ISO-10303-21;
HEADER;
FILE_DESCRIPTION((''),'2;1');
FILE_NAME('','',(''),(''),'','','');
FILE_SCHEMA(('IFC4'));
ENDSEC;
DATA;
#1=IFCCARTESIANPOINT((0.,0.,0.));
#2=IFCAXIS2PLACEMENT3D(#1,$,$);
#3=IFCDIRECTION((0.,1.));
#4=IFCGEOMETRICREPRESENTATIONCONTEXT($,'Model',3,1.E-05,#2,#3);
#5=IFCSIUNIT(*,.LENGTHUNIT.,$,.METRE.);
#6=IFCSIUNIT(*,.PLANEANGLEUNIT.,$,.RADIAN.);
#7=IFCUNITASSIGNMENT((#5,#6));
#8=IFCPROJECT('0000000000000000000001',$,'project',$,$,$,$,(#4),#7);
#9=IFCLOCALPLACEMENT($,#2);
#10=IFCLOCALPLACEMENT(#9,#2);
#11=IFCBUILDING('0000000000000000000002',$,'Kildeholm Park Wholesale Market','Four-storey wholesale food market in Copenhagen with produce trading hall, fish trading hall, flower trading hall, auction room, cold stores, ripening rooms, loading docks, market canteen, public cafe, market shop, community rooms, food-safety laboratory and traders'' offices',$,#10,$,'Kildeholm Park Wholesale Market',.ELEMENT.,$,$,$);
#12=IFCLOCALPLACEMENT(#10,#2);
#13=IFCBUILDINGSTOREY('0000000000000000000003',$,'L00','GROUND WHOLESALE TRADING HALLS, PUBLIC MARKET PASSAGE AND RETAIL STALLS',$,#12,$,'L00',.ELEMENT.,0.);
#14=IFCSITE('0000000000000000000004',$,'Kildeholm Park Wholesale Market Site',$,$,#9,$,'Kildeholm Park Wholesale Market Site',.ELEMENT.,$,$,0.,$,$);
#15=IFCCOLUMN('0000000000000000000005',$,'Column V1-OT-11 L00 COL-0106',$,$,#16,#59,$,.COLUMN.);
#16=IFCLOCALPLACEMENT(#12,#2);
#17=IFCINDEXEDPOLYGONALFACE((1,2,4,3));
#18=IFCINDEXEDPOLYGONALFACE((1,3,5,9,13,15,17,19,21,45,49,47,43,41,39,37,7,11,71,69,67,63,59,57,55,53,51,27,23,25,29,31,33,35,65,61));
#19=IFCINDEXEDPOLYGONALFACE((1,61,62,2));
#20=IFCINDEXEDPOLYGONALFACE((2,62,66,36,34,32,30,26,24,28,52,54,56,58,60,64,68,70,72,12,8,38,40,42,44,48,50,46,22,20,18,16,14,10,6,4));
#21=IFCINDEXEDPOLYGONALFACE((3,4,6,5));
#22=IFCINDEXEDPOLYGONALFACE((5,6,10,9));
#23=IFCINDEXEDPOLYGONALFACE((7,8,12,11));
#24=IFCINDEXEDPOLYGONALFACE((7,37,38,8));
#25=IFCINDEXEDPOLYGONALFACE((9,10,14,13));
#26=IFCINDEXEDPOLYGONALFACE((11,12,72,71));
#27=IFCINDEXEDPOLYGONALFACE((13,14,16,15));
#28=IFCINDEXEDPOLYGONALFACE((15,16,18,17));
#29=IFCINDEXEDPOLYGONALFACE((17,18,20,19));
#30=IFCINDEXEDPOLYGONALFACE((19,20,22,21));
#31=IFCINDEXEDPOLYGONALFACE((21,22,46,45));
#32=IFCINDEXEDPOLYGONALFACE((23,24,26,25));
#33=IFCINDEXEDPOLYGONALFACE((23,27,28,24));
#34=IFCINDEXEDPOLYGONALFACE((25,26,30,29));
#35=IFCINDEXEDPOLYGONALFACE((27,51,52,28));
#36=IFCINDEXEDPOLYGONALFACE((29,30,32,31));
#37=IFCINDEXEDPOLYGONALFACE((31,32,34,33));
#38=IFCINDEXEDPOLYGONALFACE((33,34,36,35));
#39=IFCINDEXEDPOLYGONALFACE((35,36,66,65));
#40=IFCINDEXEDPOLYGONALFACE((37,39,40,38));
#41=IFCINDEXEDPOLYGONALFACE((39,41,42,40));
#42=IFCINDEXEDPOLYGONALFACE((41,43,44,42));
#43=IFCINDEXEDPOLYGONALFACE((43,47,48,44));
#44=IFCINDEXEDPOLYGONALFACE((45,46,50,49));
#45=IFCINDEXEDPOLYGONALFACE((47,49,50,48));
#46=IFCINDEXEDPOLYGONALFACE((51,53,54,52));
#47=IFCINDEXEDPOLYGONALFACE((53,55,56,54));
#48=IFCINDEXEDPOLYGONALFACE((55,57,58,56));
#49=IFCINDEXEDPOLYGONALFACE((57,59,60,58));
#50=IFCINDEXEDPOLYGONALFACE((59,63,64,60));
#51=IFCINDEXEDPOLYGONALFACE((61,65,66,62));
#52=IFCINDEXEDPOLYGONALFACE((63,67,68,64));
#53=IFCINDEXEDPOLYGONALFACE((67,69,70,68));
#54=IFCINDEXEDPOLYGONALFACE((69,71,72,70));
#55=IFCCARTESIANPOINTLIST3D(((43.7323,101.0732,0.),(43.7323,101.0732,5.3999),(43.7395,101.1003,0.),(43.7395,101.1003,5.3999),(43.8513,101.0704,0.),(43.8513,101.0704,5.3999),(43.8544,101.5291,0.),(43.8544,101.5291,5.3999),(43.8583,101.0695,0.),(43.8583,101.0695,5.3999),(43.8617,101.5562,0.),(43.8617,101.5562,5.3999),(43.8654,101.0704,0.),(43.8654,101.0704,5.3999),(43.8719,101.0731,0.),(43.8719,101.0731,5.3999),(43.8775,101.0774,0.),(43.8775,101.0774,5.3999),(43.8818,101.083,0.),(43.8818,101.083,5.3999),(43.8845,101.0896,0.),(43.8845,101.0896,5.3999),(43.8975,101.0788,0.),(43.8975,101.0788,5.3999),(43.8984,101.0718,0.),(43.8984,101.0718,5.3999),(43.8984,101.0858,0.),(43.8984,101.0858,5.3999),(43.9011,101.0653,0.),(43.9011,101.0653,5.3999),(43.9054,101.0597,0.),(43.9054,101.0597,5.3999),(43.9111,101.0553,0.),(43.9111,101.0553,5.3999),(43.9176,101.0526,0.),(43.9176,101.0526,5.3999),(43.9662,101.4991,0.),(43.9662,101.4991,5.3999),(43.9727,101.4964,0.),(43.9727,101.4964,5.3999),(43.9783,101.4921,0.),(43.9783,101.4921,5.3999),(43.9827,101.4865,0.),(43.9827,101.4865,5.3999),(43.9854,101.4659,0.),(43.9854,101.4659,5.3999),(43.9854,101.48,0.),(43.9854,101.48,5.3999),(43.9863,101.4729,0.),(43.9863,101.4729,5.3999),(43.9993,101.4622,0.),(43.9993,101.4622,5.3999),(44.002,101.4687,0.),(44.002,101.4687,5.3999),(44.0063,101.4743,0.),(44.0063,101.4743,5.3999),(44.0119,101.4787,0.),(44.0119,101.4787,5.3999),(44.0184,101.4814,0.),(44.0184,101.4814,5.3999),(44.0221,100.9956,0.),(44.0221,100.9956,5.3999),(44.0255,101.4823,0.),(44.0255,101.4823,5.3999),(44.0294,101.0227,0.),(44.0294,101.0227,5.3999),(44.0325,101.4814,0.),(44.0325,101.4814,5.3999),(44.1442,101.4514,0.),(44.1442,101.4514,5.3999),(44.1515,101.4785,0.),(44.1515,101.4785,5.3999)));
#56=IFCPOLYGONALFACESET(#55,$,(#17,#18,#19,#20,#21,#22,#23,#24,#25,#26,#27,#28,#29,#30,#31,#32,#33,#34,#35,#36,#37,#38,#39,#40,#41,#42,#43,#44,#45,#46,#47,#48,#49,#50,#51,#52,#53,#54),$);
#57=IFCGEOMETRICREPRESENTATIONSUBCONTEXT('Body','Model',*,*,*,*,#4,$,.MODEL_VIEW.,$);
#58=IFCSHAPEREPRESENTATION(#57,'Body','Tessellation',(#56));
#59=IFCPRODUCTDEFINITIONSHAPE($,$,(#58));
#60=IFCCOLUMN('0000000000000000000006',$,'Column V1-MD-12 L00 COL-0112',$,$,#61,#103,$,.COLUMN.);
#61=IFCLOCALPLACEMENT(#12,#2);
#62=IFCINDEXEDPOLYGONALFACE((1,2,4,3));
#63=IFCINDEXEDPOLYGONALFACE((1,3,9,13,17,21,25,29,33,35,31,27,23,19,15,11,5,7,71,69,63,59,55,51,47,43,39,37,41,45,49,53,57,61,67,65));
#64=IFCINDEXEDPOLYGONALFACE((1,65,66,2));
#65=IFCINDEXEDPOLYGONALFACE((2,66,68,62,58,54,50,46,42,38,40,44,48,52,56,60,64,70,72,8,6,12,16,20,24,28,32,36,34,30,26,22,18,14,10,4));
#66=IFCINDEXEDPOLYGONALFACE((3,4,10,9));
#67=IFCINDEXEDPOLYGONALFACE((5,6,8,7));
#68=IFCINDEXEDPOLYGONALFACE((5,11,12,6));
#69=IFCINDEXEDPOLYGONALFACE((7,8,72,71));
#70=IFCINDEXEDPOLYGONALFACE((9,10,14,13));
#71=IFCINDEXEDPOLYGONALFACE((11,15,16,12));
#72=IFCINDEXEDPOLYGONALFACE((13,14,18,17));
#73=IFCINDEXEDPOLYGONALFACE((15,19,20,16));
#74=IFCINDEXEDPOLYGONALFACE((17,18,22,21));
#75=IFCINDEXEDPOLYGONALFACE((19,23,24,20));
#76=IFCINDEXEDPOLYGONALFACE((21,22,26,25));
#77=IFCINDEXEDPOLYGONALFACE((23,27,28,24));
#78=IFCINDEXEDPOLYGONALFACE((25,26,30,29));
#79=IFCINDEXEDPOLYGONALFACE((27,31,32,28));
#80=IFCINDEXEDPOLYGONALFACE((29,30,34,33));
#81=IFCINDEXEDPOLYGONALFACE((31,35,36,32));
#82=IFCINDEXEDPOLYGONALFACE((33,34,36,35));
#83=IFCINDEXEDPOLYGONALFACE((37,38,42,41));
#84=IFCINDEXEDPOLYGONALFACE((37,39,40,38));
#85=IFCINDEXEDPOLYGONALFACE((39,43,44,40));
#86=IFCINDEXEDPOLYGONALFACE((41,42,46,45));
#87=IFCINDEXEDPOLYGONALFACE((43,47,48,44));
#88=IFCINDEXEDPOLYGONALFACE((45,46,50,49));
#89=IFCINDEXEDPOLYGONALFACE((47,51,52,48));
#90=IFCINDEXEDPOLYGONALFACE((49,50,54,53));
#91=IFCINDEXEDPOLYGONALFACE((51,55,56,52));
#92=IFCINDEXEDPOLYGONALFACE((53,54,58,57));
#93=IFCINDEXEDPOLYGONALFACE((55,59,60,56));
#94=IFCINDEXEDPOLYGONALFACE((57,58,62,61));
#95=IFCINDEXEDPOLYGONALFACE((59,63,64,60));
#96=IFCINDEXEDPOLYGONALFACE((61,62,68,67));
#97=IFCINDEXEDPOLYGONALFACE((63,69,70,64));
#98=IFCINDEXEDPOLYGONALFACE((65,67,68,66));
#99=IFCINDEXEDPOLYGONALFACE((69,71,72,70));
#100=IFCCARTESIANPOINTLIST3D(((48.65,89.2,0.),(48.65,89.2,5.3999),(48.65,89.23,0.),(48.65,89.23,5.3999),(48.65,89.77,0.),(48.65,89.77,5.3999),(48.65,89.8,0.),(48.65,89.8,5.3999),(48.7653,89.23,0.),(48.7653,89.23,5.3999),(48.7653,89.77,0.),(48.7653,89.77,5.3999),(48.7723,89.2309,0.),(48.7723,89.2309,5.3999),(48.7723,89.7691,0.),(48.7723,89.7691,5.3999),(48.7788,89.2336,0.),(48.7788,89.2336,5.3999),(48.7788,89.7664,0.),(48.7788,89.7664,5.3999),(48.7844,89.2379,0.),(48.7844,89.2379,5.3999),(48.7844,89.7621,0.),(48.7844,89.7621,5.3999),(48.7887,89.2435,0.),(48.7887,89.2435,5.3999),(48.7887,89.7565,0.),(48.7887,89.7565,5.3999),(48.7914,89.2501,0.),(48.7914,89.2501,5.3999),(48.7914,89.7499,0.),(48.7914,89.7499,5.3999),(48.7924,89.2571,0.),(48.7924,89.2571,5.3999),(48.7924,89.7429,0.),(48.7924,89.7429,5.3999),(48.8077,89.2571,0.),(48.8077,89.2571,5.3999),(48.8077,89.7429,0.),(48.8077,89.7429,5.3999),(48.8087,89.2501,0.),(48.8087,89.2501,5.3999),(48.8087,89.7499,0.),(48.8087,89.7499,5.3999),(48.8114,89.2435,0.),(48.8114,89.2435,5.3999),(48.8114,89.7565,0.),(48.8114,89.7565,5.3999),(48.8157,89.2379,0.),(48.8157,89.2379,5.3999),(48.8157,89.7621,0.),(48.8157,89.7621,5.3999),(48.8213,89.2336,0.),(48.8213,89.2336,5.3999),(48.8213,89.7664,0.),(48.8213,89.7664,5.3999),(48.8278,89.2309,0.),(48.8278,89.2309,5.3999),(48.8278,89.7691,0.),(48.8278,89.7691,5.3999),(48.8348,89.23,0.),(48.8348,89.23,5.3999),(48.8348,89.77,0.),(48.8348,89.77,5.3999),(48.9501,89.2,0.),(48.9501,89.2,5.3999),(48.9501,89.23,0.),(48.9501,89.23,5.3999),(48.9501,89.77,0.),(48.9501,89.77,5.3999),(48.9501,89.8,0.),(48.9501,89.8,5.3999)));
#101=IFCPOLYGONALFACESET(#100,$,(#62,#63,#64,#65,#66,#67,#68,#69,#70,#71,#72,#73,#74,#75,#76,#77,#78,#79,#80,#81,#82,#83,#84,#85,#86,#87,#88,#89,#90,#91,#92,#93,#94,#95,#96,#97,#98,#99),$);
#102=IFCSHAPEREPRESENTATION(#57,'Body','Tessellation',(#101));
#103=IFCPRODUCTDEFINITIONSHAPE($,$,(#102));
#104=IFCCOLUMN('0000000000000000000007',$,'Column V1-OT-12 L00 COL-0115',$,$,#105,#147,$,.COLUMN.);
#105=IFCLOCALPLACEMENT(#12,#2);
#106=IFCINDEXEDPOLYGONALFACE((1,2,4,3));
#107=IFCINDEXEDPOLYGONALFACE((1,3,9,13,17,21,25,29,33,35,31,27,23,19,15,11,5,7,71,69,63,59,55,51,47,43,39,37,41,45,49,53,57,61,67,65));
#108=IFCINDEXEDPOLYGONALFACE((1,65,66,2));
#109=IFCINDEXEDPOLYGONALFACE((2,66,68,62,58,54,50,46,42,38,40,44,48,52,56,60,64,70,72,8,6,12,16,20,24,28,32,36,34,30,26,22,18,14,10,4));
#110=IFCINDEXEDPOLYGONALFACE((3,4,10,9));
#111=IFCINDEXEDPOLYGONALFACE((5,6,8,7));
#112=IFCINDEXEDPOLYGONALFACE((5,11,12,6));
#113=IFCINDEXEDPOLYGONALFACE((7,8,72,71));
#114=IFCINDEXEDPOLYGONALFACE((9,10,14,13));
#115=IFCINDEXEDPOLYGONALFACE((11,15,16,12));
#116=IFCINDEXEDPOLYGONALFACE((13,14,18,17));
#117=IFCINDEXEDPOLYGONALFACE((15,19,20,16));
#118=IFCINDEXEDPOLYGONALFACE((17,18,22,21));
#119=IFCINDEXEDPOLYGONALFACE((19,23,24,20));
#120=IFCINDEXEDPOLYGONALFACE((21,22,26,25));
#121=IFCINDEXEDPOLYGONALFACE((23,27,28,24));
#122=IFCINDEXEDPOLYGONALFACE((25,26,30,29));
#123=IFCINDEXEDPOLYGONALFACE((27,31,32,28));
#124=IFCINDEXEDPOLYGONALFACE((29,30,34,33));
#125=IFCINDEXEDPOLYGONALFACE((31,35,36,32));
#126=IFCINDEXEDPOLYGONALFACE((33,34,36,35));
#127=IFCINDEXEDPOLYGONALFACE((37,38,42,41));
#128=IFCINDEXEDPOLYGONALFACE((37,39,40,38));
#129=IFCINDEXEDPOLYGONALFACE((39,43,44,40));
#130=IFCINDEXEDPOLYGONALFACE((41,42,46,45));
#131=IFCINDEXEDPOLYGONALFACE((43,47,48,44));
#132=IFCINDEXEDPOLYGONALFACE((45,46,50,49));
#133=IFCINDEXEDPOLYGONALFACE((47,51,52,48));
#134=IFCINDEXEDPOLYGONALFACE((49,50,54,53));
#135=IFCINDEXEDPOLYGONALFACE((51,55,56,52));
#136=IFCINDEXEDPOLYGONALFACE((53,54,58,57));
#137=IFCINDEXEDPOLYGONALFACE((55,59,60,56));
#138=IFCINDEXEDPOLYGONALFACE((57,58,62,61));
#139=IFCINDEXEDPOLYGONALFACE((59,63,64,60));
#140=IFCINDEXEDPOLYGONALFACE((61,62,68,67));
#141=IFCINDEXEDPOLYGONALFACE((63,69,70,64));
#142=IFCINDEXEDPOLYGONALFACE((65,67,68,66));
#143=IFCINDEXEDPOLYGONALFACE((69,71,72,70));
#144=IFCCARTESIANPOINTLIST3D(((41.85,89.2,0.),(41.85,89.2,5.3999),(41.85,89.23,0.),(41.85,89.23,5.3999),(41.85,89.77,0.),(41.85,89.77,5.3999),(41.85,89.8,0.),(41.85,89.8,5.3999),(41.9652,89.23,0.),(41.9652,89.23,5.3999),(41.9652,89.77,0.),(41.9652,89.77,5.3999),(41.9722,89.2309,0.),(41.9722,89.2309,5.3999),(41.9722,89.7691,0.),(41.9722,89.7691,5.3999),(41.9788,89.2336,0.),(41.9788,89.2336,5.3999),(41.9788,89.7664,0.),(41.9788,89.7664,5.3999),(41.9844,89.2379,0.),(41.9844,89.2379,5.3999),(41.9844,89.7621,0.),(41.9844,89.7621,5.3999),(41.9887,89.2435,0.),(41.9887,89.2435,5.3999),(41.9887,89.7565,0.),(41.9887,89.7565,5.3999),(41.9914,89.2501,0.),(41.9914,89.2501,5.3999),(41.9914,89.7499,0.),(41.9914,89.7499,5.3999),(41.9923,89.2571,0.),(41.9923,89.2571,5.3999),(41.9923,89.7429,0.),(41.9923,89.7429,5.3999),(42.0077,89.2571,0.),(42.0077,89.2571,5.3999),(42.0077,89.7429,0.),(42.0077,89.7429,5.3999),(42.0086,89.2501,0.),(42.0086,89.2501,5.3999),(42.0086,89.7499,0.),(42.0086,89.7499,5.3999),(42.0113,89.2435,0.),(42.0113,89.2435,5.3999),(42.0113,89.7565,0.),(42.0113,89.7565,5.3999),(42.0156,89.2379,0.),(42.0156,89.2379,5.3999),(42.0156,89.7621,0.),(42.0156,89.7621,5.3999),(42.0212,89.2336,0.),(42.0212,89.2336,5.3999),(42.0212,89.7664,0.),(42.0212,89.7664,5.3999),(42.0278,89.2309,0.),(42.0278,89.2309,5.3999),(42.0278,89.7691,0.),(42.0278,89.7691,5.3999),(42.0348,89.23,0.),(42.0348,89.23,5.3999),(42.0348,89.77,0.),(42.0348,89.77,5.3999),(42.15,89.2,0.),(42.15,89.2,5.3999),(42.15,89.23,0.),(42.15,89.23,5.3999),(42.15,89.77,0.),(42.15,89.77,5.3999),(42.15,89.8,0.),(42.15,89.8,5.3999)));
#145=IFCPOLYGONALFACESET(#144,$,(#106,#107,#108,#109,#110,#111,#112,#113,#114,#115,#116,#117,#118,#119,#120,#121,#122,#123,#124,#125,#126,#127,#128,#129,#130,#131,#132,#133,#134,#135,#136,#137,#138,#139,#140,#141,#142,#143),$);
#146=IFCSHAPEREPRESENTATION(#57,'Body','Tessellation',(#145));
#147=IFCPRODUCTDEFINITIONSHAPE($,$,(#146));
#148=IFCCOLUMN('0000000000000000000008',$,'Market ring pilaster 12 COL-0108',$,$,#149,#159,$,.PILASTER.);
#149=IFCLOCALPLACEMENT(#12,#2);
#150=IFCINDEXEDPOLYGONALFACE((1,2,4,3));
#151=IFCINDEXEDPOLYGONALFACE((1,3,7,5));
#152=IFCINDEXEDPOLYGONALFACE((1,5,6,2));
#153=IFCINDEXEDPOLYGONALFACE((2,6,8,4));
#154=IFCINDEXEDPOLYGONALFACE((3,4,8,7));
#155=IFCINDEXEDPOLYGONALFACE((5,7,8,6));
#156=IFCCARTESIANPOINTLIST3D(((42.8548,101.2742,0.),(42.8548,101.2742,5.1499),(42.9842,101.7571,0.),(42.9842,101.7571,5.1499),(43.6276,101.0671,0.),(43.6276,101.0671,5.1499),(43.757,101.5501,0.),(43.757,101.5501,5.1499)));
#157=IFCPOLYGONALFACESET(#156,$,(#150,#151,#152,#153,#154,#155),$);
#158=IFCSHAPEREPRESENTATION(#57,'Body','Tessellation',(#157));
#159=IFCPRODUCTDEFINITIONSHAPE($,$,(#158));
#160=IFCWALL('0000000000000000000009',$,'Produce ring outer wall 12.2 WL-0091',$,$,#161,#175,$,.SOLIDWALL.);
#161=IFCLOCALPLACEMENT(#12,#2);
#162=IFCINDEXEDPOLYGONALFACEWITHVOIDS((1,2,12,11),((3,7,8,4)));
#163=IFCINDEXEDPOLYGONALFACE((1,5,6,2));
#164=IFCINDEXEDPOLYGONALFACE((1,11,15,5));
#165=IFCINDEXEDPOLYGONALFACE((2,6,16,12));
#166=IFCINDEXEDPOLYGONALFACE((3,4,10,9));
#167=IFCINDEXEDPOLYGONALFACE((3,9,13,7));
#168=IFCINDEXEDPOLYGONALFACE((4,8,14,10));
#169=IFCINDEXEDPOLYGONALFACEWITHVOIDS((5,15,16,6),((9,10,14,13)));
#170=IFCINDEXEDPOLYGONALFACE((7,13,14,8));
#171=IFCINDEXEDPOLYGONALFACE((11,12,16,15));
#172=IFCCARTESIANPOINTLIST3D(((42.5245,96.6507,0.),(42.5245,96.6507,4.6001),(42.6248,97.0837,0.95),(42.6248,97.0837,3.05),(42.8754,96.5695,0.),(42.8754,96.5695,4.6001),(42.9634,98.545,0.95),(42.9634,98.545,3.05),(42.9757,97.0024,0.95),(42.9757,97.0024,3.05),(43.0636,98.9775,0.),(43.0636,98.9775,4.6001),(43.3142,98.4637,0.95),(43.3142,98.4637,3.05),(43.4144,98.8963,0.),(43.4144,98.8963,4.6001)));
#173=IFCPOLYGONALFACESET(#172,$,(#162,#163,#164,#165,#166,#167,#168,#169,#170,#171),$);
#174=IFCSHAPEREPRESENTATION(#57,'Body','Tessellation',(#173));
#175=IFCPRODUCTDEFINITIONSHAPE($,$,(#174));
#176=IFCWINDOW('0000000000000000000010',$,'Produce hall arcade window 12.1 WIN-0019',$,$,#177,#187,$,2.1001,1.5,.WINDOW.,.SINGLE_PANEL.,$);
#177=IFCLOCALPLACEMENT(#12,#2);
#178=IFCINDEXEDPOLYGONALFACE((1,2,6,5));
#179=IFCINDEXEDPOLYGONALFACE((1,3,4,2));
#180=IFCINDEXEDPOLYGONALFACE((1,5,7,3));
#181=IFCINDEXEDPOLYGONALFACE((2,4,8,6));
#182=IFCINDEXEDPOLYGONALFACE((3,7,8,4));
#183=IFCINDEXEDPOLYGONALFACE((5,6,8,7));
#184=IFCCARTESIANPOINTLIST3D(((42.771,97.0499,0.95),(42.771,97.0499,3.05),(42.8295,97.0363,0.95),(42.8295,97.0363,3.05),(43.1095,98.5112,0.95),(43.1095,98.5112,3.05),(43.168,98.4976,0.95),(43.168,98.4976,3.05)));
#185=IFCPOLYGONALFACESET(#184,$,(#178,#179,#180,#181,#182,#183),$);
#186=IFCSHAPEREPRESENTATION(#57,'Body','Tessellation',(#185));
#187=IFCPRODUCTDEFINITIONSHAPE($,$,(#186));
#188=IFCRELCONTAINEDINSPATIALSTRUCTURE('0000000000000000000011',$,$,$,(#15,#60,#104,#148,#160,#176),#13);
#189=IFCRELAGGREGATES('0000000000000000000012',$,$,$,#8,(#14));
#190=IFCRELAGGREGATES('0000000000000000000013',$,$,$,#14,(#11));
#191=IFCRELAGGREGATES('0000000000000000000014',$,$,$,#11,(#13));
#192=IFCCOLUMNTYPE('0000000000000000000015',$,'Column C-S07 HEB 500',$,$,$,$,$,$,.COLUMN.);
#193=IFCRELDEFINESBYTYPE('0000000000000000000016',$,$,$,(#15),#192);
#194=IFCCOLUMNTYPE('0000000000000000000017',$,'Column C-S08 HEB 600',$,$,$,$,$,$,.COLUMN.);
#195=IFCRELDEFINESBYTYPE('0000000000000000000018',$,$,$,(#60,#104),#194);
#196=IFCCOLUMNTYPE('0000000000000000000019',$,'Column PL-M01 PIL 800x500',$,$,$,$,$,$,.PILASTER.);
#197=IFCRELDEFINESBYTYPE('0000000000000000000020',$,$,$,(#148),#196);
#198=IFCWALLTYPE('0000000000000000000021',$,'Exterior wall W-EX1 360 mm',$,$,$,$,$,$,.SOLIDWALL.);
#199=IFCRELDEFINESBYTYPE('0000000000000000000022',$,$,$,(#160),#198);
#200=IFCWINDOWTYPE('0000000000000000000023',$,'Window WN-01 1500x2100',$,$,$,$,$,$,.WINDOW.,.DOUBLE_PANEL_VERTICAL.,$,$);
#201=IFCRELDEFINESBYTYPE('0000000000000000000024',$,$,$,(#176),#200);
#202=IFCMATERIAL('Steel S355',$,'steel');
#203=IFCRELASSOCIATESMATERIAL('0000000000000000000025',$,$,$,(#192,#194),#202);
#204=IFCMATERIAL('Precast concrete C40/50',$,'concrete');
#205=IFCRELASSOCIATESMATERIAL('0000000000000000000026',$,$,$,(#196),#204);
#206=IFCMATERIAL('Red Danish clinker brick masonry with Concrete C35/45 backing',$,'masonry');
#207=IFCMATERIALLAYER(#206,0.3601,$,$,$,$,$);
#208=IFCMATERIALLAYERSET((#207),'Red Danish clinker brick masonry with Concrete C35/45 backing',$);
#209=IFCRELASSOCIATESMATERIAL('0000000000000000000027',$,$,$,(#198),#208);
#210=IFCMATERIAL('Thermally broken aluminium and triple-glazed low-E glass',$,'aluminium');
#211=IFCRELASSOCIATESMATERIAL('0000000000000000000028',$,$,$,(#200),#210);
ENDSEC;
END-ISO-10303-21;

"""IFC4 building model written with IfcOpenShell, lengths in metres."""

from ifc_helpers import new_model, si_unit, direction, frame, frame_2d, origin, origin_2d, place, context, subcontext, project, spatial, rectangle, i_section, extrude, material, layer, layer_set, material_profile, profile_set, type_object, element, fill, save


model = new_model("IFC4")

# Units and contexts
model_context = context("Model", 3, precision=1e-05, world=origin(), true_north=direction((0.0, 1.0)))
body_context = subcontext(model_context, "Body", "Model", "MODEL_VIEW")
ifc_project = project(units=[si_unit("LENGTHUNIT", "METRE"), si_unit("PLANEANGLEUNIT", "RADIAN")], contexts=[model_context])

# Site, building, storey
site_placement = place(None, origin())
site = spatial("IfcSite", under=ifc_project, at=site_placement, Name="Kildeholm Park Wholesale Market Site", LongName="Kildeholm Park Wholesale Market Site", CompositionType="ELEMENT", RefElevation=0.0)
building_placement = place(site_placement, origin())
building = spatial("IfcBuilding", under=site, at=building_placement, Name="Kildeholm Park Wholesale Market", Description="Four-storey wholesale food market in Copenhagen with produce trading hall, fish trading hall, flower trading hall, auction room, cold stores, ripening rooms, loading docks, market canteen, public cafe, market shop, community rooms, food-safety laboratory and traders' offices", LongName="Kildeholm Park Wholesale Market", CompositionType="ELEMENT")
storey_placement = place(building_placement, origin())
storey = spatial("IfcBuildingStorey", under=building, at=storey_placement, Name="L00", Description="GROUND WHOLESALE TRADING HALLS, PUBLIC MARKET PASSAGE AND RETAIL STALLS", LongName="L00", CompositionType="ELEMENT", Elevation=0.0)

# Columns
ifc_material_1 = material(Name="Steel S355", Category="steel")
ifc_material_profile_1 = material_profile(ifc_material_1, i_section(OverallWidth=0.3, OverallDepth=0.5, WebThickness=0.0144, FlangeThickness=0.0281, FilletRadius=0.0271, at=origin_2d()), Name="HEB 500")
ifc_profile_set_1 = profile_set([ifc_material_profile_1], Name="Steel S355")
column_type_1 = type_object("IfcColumnType", Name="Column C-S07 HEB 500", PredefinedType="COLUMN", material=ifc_profile_set_1)
column_1_placement = place(storey_placement, frame((43.9419, 101.2759, 0.0), z_axis=(0.0, 0.0, 1.0), x_axis=(-0.965926, 0.258819, 0.0)))
element("IfcColumn", 1, at=column_1_placement, inside=storey, type_object=column_type_1, Name="Column V1-OT-11 L00 COL-0106", PredefinedType="COLUMN", context=body_context, shape_type="SweptSolid", body=[
    extrude(i_section(OverallWidth=0.3, OverallDepth=0.5, WebThickness=0.0144, FlangeThickness=0.0281, FilletRadius=0.0271, at=origin_2d()), origin(), (0.0, 0.0, 1.0), 5.3999),
])
ifc_material_profile_2 = material_profile(ifc_material_1, i_section(OverallWidth=0.3, OverallDepth=0.6001, WebThickness=0.0154, FlangeThickness=0.03, FilletRadius=0.0271, at=origin_2d()), Name="HEB 600")
ifc_profile_set_2 = profile_set([ifc_material_profile_2], Name="Steel S355")
column_type_2 = type_object("IfcColumnType", Name="Column C-S08 HEB 600", PredefinedType="COLUMN", material=ifc_profile_set_2)
for number, where, z_axis, x_axis, name in (
    (2, (48.8, 89.5, 0.0), (0.0, 0.0, 1.0), (-1.0, 0.0, 0.0), "Column V1-MD-12 L00 COL-0112"),
    (3, (42.0, 89.5, 0.0), (0.0, 0.0, 1.0), (-1.0, 0.0, 0.0), "Column V1-OT-12 L00 COL-0115"),
):
    element("IfcColumn", number, at=place(storey_placement, frame(where, z_axis=z_axis, x_axis=x_axis)), inside=storey, type_object=column_type_2, Name=name, PredefinedType="COLUMN", context=body_context, shape_type="SweptSolid", body=[
        extrude(i_section(OverallWidth=0.3, OverallDepth=0.6001, WebThickness=0.0154, FlangeThickness=0.03, FilletRadius=0.0271, at=origin_2d()), origin(), (0.0, 0.0, 1.0), 5.3999),
    ])
ifc_material_2 = material(Name="Precast concrete C40/50", Category="concrete")
ifc_material_profile_3 = material_profile(ifc_material_2, rectangle(XDim=0.8, YDim=0.5, at=origin_2d()), Name="PIL 800x500")
ifc_profile_set_3 = profile_set([ifc_material_profile_3], Name="Precast concrete C40/50")
column_type_3 = type_object("IfcColumnType", Name="Column PL-M01 PIL 800x500", PredefinedType="PILASTER", material=ifc_profile_set_3)
column_2_placement = place(storey_placement, frame((43.3059, 101.4121, 0.0), z_axis=(0.0, 0.0, 1.0), x_axis=(-0.965926, 0.258819, 0.0)))
element("IfcColumn", 4, at=column_2_placement, inside=storey, type_object=column_type_3, Name="Market ring pilaster 12 COL-0108", PredefinedType="PILASTER", context=body_context, shape_type="SweptSolid", body=[
    extrude(rectangle(XDim=0.8, YDim=0.5, at=origin_2d()), origin(), (0.0, 0.0, 1.0), 5.1499),
])

# Wall, opening, window
ifc_material_3 = material(Name="Red Danish clinker brick masonry with Concrete C35/45 backing", Category="masonry")
ifc_layer_1 = layer(ifc_material_3, 0.3601)
ifc_layer_set_1 = layer_set([ifc_layer_1], Name="Red Danish clinker brick masonry with Concrete C35/45 backing")
wall_type_1 = type_object("IfcWallType", Name="Exterior wall W-EX1 360 mm", PredefinedType="SOLIDWALL", material=ifc_layer_set_1)
wall_1_placement = place(storey_placement, frame((43.239, 98.937, 0.0), z_axis=(0.0, 0.0, 1.0), x_axis=(-0.225688, -0.9742, 0.0)))
wall_1 = element("IfcWall", 5, at=wall_1_placement, inside=storey, type_object=wall_type_1, Name="Produce ring outer wall 12.2 WL-0091", PredefinedType="SOLIDWALL", context=body_context, shape_type="SweptSolid", body=[
    extrude(rectangle(XDim=2.3884, YDim=0.3601, at=frame_2d((1.1943, 0.0))), origin(), (0.0, 0.0, 1.0), 4.6001),
])
opening_1_placement = place(wall_1_placement, frame((0.4441, 0.0, 0.95)))
opening_1 = element("IfcOpeningElement", 6, at=opening_1_placement, cuts=wall_1, PredefinedType="OPENING", context=body_context, shape_type="SweptSolid", body=[
    extrude(rectangle(XDim=1.5, YDim=2.1001, at=frame_2d((0.75, 1.05))), frame((0.0, 0.1899, 0.0), z_axis=(0.0, -1.0, 0.0), x_axis=(1.0, 0.0, 0.0)), (0.0, 0.0, 1.0), 0.3801),
])
ifc_material_4 = material(Name="Thermally broken aluminium and triple-glazed low-E glass", Category="aluminium")
window_type_1 = type_object("IfcWindowType", Name="Window WN-01 1500x2100", PartitioningType="DOUBLE_PANEL_VERTICAL", PredefinedType="WINDOW", material=ifc_material_4)
window_1_placement = place(opening_1_placement, origin())
window_1 = element("IfcWindow", 7, at=window_1_placement, inside=storey, type_object=window_type_1, Name="Produce hall arcade window 12.1 WIN-0019", OverallHeight=2.1001, OverallWidth=1.5, PartitioningType="SINGLE_PANEL", PredefinedType="WINDOW", context=body_context, shape_type="SweptSolid", body=[
    extrude(rectangle(XDim=1.5, YDim=2.1001, at=frame_2d((0.75, 1.05))), frame((0.0, 0.03, 0.0), z_axis=(0.0, -1.0, 0.0), x_axis=(1.0, 0.0, 0.0)), (0.0, 0.0, 1.0), 0.0601),
])
fill(opening_1, window_1)

save(model, "model.ifc")
